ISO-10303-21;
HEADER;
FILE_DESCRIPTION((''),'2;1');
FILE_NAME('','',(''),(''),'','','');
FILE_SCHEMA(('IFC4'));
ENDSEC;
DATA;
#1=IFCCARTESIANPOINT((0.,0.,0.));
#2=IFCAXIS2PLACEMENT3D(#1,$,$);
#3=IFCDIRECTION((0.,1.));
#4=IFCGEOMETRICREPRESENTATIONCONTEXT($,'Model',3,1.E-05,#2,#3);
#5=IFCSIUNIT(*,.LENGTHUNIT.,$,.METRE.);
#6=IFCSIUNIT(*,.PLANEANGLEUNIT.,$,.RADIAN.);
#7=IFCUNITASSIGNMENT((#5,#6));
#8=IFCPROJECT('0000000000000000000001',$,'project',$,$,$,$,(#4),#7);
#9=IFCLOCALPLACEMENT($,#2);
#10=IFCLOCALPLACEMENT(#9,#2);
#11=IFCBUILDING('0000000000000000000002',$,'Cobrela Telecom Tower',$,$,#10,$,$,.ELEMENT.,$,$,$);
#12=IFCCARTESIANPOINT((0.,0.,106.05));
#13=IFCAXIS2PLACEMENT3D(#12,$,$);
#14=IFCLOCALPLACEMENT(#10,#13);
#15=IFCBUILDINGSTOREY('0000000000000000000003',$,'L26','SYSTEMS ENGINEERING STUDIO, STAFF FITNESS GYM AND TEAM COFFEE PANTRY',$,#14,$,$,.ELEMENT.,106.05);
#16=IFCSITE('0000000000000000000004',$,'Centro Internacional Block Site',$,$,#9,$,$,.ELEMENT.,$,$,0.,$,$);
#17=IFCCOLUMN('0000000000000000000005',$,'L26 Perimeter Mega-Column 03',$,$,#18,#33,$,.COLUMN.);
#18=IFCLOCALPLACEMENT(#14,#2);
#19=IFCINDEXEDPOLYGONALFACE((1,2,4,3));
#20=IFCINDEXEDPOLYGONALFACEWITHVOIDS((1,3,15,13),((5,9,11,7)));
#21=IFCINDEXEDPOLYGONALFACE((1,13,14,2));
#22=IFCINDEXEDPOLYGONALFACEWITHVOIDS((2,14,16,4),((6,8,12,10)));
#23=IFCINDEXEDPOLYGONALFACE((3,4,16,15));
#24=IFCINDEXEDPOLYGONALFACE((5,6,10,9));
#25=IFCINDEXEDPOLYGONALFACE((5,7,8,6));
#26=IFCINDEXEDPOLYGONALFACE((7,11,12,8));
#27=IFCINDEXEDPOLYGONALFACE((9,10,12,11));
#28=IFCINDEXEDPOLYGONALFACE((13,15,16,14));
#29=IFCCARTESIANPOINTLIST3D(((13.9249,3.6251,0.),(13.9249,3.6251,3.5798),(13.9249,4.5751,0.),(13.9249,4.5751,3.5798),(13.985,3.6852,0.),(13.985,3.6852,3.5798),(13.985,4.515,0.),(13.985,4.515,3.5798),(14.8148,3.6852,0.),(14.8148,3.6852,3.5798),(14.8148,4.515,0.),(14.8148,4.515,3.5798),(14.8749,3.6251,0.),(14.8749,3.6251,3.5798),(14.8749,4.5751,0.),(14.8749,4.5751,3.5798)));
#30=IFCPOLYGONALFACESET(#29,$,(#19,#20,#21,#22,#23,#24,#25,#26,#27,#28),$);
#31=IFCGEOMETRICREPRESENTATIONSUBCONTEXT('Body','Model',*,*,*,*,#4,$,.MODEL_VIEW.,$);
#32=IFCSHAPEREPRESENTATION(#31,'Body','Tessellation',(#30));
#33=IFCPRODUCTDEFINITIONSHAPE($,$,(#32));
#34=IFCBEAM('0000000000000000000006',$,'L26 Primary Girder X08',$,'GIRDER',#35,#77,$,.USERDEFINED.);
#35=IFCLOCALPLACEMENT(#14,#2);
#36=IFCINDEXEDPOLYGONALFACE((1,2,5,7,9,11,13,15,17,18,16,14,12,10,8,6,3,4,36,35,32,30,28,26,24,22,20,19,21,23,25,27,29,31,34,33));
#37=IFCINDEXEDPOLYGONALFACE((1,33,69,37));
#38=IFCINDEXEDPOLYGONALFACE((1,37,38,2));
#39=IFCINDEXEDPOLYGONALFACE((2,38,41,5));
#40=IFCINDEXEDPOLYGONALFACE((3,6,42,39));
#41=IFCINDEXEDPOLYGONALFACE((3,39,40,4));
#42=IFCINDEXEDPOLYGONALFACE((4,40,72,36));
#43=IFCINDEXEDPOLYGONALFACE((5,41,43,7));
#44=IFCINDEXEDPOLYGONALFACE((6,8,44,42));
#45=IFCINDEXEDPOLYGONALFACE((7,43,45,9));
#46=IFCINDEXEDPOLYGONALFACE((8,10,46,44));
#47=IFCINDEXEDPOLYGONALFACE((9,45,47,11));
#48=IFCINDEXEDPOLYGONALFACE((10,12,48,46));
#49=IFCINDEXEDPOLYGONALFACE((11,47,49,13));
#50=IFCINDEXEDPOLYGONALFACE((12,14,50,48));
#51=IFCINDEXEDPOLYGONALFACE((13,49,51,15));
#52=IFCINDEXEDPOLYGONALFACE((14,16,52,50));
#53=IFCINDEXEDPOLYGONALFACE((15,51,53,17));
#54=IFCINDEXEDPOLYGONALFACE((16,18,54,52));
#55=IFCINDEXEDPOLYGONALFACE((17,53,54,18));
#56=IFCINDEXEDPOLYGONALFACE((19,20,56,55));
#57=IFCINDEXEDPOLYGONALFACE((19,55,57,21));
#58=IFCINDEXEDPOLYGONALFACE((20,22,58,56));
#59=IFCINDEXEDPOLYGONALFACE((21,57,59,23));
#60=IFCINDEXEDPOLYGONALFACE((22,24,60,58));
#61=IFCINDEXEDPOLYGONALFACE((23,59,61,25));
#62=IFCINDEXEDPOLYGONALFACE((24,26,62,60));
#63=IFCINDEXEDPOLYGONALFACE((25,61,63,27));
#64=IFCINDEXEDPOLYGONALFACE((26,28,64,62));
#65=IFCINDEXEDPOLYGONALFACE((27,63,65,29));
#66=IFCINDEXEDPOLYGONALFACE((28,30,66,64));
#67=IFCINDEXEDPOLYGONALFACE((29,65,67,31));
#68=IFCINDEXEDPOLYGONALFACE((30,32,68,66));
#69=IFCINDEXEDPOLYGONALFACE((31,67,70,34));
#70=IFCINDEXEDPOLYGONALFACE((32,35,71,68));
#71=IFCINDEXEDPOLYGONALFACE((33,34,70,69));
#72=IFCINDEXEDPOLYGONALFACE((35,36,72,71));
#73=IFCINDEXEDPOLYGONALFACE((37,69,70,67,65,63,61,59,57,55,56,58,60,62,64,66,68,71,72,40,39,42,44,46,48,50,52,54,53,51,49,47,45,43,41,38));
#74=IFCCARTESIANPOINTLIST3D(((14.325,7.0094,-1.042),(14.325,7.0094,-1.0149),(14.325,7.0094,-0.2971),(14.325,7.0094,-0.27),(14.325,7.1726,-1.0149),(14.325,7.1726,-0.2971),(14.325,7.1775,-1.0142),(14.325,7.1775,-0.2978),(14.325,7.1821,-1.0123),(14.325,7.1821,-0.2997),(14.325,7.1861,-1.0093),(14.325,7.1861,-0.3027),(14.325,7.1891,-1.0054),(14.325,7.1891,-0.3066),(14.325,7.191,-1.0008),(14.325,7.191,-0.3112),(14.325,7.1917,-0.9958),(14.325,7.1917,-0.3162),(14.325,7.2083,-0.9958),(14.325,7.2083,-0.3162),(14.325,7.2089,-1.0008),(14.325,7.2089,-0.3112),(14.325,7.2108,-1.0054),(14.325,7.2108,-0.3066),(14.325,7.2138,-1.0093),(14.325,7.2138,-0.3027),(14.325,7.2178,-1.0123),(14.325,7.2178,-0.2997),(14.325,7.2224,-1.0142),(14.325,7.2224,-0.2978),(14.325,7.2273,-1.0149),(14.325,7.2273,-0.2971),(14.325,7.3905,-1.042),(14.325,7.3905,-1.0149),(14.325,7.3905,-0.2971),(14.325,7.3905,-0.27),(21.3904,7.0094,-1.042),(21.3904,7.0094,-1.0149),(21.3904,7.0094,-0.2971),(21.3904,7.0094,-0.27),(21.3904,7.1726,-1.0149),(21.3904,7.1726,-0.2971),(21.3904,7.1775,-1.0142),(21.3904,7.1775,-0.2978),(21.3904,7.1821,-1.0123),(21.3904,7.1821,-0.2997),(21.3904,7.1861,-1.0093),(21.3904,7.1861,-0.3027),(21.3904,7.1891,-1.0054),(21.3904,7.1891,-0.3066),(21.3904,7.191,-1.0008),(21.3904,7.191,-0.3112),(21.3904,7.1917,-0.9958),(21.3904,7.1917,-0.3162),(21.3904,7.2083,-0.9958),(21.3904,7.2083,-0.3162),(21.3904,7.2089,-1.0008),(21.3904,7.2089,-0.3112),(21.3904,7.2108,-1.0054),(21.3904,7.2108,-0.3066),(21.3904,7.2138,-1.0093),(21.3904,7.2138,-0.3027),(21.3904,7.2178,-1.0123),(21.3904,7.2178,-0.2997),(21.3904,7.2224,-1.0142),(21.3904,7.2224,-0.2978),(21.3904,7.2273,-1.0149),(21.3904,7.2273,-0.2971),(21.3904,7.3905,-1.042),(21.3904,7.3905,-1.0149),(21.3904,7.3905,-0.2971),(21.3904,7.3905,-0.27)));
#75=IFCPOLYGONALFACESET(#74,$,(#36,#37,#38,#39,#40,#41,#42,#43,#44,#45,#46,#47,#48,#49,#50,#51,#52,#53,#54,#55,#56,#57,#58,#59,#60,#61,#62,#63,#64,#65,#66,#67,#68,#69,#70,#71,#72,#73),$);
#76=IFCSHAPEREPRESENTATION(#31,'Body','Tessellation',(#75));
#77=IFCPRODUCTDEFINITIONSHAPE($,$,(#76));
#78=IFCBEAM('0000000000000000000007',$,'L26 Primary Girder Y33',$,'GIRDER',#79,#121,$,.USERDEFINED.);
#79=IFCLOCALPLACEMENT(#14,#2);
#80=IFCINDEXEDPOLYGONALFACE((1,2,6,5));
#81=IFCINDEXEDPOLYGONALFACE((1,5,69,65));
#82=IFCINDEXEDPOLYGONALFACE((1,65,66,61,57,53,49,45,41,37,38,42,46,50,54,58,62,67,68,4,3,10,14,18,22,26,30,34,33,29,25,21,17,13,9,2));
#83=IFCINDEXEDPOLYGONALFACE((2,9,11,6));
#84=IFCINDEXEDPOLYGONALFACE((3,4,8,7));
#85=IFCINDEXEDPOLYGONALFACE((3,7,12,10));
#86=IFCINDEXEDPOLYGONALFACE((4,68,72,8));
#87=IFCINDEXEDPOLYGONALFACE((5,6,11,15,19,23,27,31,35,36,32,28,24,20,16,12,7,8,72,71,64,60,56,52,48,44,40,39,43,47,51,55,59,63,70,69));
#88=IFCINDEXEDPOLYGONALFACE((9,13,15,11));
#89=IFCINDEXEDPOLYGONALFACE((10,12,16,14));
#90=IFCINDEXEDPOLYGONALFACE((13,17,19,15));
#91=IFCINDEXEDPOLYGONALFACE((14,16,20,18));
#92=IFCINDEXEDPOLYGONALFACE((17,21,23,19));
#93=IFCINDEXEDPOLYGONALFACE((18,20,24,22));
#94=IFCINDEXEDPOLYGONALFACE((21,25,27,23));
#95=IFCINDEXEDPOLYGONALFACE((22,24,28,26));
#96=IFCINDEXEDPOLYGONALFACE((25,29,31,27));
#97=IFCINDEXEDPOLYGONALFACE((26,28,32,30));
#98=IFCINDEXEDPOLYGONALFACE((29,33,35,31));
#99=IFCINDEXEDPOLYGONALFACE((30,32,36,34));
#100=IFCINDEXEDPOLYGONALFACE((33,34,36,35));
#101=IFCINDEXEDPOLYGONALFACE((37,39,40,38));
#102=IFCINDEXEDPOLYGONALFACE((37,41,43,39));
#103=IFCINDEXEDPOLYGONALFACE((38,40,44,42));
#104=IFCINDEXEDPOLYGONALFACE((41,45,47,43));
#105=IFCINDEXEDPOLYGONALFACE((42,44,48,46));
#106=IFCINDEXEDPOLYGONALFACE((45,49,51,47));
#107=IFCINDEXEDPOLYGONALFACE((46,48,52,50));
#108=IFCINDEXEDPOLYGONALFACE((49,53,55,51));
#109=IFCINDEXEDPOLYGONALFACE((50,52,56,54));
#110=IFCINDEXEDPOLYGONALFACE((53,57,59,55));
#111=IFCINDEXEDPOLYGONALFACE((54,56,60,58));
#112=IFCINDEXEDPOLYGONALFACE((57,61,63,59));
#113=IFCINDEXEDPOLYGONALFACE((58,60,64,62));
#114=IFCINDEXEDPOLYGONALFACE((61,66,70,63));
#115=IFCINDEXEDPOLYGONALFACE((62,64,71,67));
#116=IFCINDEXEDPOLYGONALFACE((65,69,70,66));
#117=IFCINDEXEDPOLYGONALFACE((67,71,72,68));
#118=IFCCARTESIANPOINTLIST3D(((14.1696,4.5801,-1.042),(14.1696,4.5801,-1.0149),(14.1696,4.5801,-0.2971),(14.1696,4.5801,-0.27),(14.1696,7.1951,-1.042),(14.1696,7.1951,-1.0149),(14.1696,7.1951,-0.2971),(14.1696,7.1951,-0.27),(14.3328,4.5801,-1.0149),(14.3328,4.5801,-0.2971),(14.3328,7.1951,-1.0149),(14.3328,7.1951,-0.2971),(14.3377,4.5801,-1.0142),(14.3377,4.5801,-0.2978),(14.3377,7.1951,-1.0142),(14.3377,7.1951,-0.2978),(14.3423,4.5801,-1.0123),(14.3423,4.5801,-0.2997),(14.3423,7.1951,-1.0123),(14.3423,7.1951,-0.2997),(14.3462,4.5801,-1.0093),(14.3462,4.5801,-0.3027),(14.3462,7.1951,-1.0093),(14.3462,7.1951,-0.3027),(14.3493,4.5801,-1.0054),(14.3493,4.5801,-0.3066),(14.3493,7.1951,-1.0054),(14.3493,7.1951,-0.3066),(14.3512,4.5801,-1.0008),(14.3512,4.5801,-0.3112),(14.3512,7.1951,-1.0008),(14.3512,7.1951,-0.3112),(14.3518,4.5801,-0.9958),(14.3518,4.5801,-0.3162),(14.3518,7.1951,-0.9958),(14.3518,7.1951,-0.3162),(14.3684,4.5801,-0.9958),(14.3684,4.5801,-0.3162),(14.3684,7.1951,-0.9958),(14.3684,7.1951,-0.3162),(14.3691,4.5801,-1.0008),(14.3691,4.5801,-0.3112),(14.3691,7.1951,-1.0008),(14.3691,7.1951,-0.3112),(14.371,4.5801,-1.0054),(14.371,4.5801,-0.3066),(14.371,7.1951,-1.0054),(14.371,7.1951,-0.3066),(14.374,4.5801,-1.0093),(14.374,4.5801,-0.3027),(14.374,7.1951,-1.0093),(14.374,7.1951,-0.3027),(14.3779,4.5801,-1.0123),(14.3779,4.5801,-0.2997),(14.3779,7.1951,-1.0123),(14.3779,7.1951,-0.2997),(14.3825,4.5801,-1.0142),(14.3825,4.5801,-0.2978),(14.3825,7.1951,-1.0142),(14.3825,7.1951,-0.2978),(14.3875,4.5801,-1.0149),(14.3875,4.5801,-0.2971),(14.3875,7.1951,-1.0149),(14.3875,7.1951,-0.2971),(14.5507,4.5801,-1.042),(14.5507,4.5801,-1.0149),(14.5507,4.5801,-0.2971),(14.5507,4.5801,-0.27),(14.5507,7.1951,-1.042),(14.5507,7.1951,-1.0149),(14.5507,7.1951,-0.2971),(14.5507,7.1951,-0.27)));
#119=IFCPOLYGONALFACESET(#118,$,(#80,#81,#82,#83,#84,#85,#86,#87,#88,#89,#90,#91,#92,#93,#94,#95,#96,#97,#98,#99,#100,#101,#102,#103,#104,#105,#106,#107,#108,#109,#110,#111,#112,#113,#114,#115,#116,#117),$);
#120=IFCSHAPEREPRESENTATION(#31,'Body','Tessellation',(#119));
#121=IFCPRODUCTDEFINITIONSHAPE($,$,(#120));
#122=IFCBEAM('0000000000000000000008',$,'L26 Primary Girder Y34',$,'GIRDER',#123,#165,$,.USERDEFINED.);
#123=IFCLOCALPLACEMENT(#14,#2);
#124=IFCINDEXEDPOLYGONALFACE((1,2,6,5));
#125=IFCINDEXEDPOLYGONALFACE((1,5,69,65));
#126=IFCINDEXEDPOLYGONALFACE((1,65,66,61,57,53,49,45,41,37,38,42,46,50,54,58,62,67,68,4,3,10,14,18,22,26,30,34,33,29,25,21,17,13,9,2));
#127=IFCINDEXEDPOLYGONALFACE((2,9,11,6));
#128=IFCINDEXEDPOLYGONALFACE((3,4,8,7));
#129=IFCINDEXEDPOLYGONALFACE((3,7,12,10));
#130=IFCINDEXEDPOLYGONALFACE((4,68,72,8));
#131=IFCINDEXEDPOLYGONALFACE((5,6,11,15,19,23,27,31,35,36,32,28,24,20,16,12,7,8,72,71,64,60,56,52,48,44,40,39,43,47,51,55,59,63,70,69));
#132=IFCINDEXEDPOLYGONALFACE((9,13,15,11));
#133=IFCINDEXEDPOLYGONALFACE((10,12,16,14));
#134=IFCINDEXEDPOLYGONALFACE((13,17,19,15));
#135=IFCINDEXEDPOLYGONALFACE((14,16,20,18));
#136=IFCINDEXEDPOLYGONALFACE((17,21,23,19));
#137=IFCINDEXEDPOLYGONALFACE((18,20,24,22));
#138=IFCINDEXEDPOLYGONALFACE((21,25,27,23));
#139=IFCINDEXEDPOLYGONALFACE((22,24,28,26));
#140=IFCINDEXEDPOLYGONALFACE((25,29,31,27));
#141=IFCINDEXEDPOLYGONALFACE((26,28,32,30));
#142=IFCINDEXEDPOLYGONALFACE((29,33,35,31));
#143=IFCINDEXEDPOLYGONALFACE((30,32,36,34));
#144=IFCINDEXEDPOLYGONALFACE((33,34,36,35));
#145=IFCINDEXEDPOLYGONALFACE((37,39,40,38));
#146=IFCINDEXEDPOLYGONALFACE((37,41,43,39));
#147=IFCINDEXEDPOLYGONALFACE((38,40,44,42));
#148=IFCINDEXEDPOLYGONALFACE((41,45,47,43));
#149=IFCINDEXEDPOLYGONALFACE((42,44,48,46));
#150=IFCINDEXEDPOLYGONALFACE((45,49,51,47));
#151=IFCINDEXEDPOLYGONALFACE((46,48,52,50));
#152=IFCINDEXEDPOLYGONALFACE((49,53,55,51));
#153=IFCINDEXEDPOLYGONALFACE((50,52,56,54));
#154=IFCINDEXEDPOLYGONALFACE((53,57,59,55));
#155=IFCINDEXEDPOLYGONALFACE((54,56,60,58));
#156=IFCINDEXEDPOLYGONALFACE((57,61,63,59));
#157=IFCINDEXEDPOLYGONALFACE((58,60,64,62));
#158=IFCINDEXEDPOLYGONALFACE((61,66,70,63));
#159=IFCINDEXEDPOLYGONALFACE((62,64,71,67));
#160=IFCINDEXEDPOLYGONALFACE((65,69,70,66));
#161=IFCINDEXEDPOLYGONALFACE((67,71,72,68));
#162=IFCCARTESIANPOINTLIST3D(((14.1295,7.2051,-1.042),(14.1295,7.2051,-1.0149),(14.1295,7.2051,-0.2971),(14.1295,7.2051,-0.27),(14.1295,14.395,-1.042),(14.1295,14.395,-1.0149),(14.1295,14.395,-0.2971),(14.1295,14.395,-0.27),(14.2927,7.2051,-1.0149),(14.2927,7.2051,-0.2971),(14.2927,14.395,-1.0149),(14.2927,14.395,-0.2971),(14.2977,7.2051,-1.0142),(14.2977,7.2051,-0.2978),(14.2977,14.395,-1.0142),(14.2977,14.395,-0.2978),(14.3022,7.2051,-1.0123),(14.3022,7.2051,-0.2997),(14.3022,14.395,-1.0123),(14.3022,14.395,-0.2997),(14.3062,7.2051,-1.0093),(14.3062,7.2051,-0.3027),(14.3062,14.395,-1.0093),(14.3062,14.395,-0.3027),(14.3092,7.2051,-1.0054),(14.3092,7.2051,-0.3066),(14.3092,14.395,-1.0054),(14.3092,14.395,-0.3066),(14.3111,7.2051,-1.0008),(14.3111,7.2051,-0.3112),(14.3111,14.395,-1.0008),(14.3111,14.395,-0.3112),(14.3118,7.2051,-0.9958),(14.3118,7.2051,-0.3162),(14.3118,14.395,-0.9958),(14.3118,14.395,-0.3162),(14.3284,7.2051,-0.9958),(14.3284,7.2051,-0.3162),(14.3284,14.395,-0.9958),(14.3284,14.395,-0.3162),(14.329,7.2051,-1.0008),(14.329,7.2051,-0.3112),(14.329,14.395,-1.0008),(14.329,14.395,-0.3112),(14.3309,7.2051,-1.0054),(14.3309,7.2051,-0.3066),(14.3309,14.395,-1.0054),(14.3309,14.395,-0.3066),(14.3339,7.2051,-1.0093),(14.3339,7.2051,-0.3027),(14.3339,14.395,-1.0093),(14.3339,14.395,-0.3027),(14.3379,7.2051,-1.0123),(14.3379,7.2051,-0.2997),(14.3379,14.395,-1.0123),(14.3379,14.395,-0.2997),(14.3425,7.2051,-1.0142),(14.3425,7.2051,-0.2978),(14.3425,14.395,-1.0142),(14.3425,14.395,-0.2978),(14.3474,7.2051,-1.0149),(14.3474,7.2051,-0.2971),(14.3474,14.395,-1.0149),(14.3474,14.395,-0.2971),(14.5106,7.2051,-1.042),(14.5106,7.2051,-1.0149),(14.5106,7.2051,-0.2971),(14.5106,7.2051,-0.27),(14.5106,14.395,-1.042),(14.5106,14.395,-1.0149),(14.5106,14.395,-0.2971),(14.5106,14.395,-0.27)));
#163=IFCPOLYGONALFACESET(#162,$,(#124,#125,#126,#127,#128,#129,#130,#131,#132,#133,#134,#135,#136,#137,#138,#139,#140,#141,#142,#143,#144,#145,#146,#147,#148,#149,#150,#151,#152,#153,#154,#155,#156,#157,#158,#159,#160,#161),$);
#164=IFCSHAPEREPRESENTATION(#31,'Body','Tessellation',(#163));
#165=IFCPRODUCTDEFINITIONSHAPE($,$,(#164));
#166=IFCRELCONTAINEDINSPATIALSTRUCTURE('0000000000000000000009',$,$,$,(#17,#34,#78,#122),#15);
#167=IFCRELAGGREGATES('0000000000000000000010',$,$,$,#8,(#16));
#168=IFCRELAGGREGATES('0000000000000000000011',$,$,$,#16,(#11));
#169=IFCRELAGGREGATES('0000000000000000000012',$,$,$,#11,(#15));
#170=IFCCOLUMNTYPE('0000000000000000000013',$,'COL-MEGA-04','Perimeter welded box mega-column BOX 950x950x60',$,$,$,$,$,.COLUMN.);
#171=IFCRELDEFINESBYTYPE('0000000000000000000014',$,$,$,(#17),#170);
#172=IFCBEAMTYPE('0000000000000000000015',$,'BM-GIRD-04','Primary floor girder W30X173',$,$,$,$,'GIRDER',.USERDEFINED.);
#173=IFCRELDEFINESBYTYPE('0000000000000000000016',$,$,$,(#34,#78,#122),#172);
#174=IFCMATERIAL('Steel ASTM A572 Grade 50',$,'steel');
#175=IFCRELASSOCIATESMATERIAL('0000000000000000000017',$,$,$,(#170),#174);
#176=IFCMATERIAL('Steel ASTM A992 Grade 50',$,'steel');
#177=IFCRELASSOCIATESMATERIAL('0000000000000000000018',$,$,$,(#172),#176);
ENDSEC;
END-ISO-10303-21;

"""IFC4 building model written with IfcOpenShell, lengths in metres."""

from ifc_helpers import new_model, si_unit, direction, frame, origin, origin_2d, place, context, subcontext, project, spatial, hollow_rectangle, i_section, extrude, material, material_profile, profile_set, type_object, element, save


model = new_model("IFC4")

# Units and contexts
model_context = context("Model", 3, precision=1e-05, world=origin(), true_north=direction((0.0, 1.0)))
body_context = subcontext(model_context, "Body", "Model", "MODEL_VIEW")
ifc_project = project(units=[si_unit("LENGTHUNIT", "METRE"), si_unit("PLANEANGLEUNIT", "RADIAN")], contexts=[model_context])

# Site, building, storey
site_placement = place(None, origin())
site = spatial("IfcSite", under=ifc_project, at=site_placement, Name="Centro Internacional Block Site", CompositionType="ELEMENT", RefElevation=0.0)
building_placement = place(site_placement, origin())
building = spatial("IfcBuilding", under=site, at=building_placement, Name="Cobrela Telecom Tower", CompositionType="ELEMENT")
storey_placement = place(building_placement, frame((0.0, 0.0, 106.05)))
storey = spatial("IfcBuildingStorey", under=building, at=storey_placement, Name="L26", Description="SYSTEMS ENGINEERING STUDIO, STAFF FITNESS GYM AND TEAM COFFEE PANTRY", CompositionType="ELEMENT", Elevation=106.05)

# Column
ifc_material_1 = material(Name="Steel ASTM A572 Grade 50", Category="steel")
ifc_material_profile_1 = material_profile(ifc_material_1, hollow_rectangle(XDim=0.95, YDim=0.95, WallThickness=0.0601, at=origin_2d()), Name="BOX 950x950x60")
ifc_profile_set_1 = profile_set([ifc_material_profile_1], Name="Steel ASTM A572 Grade 50")
column_type = type_object("IfcColumnType", Name="COL-MEGA-04", Description="Perimeter welded box mega-column BOX 950x950x60", PredefinedType="COLUMN", material=ifc_profile_set_1)
column_placement = place(storey_placement, frame((14.3999, 4.1001, 0.0), z_axis=(0.0, 0.0, 1.0), x_axis=(1.0, 0.0, 0.0)))
element("IfcColumn", 1, at=column_placement, inside=storey, type_object=column_type, Name="L26 Perimeter Mega-Column 03", PredefinedType="COLUMN", context=body_context, shape_type="SweptSolid", body=[
    extrude(hollow_rectangle(XDim=0.95, YDim=0.95, WallThickness=0.0601, at=origin_2d()), origin(), (0.0, 0.0, 1.0), 3.5798),
])

# Beams
ifc_material_2 = material(Name="Steel ASTM A992 Grade 50", Category="steel")
ifc_material_profile_2 = material_profile(ifc_material_2, i_section(OverallWidth=0.3811, OverallDepth=0.772, WebThickness=0.0166, FlangeThickness=0.0271, FilletRadius=0.019, at=origin_2d()), Name="W30X173")
ifc_profile_set_2 = profile_set([ifc_material_profile_2], Name="Steel ASTM A992 Grade 50")
beam_type_1 = type_object("IfcBeamType", Name="BM-GIRD-04", Description="Primary floor girder W30X173", ElementType="GIRDER", PredefinedType="USERDEFINED", material=ifc_profile_set_2)
beam_1_placement = place(storey_placement, frame((14.325, 7.2, -0.656), z_axis=(1.0, 0.0, 0.0), x_axis=(0.0, 1.0, 0.0)))
element("IfcBeam", 2, at=beam_1_placement, inside=storey, type_object=beam_type_1, Name="L26 Primary Girder X08", ObjectType="GIRDER", PredefinedType="USERDEFINED", context=body_context, shape_type="SweptSolid", body=[
    extrude(i_section(OverallWidth=0.3811, OverallDepth=0.772, WebThickness=0.0166, FlangeThickness=0.0271, FilletRadius=0.019, at=origin_2d()), origin(), (0.0, 0.0, 1.0), 7.0654),
])
beam_2_placement = place(storey_placement, frame((14.3601, 4.5801, -0.656), z_axis=(0.0, 1.0, 0.0), x_axis=(-1.0, 0.0, 0.0)))
element("IfcBeam", 3, at=beam_2_placement, inside=storey, type_object=beam_type_1, Name="L26 Primary Girder Y33", ObjectType="GIRDER", PredefinedType="USERDEFINED", context=body_context, shape_type="SweptSolid", body=[
    extrude(i_section(OverallWidth=0.3811, OverallDepth=0.772, WebThickness=0.0166, FlangeThickness=0.0271, FilletRadius=0.019, at=origin_2d()), origin(), (0.0, 0.0, 1.0), 2.615),
])
beam_3_placement = place(storey_placement, frame((14.3201, 7.2051, -0.656), z_axis=(0.0, 1.0, 0.0), x_axis=(-1.0, 0.0, 0.0)))
element("IfcBeam", 4, at=beam_3_placement, inside=storey, type_object=beam_type_1, Name="L26 Primary Girder Y34", ObjectType="GIRDER", PredefinedType="USERDEFINED", context=body_context, shape_type="SweptSolid", body=[
    extrude(i_section(OverallWidth=0.3811, OverallDepth=0.772, WebThickness=0.0166, FlangeThickness=0.0271, FilletRadius=0.019, at=origin_2d()), origin(), (0.0, 0.0, 1.0), 7.1899),
])

save(model, "model.ifc")
